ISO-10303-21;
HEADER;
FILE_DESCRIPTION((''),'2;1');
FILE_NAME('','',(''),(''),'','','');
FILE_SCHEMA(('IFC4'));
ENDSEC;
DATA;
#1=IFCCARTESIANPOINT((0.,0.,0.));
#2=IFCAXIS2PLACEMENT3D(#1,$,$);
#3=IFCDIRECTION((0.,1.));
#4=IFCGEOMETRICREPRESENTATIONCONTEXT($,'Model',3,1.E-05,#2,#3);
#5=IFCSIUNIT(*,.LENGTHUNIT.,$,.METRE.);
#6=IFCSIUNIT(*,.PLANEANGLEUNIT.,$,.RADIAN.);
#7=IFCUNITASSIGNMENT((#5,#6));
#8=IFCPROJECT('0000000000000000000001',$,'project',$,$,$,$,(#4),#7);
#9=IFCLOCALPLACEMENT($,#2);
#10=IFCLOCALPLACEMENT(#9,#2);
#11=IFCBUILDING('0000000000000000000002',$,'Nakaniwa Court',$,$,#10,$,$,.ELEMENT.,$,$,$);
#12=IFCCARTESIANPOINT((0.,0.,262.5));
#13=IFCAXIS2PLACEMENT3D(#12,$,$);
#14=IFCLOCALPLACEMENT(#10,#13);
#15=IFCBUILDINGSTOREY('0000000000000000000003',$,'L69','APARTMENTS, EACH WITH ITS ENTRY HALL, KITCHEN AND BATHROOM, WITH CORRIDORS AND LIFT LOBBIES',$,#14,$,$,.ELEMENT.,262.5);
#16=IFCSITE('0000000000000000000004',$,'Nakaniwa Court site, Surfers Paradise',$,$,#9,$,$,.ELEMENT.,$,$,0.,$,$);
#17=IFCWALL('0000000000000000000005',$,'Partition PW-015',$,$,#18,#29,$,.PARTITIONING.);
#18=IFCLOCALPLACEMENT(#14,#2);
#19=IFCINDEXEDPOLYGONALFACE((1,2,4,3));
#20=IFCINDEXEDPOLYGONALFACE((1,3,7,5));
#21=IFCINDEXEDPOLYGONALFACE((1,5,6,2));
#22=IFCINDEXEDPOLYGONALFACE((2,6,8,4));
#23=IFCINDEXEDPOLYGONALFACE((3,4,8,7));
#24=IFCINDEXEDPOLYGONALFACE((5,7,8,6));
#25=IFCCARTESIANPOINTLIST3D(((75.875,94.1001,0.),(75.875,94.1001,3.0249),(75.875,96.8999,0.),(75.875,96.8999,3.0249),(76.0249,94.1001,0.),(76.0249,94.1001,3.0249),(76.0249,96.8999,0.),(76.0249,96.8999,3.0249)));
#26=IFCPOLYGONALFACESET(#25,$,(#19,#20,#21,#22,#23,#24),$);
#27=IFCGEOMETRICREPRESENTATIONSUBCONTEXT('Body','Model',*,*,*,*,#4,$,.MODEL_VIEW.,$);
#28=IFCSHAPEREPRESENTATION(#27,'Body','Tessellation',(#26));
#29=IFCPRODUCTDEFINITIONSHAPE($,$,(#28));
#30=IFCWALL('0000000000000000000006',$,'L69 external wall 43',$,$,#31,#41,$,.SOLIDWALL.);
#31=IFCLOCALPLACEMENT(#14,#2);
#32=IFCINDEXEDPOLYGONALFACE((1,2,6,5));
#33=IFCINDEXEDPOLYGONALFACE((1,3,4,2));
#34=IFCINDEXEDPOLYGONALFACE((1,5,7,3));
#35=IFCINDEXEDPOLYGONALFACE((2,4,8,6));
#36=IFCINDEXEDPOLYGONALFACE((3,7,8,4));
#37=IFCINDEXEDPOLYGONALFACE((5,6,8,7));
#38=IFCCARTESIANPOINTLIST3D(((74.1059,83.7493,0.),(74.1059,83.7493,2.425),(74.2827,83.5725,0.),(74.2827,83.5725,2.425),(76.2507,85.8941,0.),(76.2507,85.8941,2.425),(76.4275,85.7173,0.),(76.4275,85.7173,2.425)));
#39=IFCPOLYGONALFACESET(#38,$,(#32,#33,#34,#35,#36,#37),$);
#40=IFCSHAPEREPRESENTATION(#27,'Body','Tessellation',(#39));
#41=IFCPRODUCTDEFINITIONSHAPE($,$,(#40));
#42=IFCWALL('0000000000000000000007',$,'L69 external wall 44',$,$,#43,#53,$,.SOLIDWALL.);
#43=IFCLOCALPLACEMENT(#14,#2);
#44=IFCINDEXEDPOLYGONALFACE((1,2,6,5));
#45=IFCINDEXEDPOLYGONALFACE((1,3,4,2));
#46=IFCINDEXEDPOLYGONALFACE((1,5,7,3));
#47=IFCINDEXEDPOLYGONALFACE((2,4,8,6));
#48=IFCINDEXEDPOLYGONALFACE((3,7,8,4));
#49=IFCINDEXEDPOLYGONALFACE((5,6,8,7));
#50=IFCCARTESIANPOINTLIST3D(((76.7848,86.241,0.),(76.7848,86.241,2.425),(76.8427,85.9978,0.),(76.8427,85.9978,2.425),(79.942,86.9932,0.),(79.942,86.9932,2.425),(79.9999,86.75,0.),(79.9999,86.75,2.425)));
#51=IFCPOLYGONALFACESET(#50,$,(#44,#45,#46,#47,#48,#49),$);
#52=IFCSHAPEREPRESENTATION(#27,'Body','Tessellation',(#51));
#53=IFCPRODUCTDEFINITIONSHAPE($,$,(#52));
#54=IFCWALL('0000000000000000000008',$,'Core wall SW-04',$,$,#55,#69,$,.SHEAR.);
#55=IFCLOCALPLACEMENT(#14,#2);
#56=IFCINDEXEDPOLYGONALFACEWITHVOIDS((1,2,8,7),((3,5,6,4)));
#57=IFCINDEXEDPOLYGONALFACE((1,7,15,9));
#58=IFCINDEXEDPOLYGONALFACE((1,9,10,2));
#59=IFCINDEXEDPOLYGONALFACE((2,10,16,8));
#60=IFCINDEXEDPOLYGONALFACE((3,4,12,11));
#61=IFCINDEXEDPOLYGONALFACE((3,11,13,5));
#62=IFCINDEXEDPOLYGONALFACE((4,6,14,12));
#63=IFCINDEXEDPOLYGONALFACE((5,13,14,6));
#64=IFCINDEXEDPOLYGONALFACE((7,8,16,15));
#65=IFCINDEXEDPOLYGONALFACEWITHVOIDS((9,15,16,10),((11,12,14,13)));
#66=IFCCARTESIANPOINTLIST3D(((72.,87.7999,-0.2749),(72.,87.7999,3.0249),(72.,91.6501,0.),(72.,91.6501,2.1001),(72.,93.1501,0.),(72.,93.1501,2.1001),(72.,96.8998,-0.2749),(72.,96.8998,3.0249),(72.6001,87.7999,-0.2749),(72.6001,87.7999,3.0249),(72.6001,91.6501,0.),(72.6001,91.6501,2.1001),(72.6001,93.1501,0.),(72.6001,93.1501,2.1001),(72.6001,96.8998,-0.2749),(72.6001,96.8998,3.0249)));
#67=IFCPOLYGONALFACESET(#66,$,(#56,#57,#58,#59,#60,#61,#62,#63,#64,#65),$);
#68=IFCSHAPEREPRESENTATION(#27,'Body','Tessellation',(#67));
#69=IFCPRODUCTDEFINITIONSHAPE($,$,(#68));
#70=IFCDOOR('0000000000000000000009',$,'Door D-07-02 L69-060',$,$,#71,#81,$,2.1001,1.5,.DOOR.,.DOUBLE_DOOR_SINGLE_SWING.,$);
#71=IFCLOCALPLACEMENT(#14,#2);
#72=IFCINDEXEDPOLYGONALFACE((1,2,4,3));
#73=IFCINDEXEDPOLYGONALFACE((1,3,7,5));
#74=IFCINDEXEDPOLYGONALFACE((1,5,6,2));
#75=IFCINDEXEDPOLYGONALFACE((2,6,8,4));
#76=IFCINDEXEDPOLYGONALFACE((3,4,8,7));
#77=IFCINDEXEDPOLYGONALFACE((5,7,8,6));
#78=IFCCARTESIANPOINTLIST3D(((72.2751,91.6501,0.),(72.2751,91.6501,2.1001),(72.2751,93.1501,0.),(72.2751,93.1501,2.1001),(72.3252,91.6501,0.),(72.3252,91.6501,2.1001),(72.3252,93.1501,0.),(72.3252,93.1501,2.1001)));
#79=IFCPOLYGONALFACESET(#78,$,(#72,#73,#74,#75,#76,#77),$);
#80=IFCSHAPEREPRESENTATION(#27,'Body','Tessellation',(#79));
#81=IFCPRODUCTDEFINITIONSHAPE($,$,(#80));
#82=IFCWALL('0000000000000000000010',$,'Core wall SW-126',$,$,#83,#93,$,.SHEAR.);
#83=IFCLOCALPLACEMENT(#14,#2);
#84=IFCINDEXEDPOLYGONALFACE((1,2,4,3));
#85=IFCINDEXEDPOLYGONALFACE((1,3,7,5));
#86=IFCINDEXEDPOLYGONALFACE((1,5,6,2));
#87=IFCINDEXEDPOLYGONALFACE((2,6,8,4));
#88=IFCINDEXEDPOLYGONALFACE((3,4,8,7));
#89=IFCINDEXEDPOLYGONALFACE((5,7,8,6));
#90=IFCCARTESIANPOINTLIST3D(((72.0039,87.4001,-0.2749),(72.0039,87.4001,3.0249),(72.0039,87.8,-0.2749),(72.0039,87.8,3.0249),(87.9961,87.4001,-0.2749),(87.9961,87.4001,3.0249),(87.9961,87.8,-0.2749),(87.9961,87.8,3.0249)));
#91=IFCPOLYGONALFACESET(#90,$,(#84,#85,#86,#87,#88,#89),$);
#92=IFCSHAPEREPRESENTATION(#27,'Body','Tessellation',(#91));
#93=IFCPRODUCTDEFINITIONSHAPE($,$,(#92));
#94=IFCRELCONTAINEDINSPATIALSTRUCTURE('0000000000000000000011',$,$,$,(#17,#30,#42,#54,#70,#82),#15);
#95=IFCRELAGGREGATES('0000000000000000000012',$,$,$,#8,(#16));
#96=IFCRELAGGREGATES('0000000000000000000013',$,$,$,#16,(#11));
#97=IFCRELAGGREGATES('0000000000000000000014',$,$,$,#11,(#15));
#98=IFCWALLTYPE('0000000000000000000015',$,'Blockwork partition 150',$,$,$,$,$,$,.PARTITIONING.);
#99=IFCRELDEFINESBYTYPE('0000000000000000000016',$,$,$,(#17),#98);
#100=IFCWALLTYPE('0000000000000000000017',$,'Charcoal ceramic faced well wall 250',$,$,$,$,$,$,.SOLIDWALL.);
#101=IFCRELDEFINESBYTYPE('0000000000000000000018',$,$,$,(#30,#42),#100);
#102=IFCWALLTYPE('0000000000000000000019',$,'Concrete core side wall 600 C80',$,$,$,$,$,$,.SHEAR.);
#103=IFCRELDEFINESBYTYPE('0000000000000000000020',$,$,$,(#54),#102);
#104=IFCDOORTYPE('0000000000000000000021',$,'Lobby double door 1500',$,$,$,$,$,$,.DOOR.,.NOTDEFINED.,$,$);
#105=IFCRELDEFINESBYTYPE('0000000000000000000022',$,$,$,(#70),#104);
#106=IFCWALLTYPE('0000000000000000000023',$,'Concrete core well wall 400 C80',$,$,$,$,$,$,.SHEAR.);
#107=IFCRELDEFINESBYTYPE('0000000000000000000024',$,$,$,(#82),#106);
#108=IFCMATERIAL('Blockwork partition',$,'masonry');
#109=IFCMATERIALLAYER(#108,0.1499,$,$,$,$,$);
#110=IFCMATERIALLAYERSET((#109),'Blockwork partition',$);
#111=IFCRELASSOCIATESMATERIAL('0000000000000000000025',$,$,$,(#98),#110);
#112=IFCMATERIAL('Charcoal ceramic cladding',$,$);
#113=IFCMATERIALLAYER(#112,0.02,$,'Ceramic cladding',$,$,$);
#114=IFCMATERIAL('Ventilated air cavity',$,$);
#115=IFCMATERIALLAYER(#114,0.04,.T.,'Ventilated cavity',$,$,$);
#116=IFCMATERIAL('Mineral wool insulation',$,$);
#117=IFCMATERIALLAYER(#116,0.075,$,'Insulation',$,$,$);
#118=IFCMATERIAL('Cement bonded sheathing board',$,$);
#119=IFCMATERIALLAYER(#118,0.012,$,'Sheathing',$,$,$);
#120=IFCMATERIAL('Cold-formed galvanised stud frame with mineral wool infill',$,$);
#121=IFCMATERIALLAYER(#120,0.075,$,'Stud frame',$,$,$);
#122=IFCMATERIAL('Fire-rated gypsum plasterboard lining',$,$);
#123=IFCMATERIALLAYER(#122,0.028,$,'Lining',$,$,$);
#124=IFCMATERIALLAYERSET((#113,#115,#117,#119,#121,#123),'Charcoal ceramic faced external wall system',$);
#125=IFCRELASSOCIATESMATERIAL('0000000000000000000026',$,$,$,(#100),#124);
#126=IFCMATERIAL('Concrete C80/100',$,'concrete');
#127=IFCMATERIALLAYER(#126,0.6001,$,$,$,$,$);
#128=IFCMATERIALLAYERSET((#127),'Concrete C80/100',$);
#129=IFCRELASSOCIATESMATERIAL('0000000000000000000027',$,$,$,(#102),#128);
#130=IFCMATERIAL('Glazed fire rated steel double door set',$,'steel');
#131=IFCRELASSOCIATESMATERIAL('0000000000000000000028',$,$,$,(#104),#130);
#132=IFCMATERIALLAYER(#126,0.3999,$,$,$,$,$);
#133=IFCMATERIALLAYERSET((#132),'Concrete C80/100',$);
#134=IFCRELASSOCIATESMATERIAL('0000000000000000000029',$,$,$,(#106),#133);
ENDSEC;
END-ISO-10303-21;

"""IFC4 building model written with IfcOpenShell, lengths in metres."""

from ifc_helpers import new_model, si_unit, direction, frame, frame_2d, origin, place, context, subcontext, project, spatial, rectangle, extrude, material, layer, layer_set, type_object, element, fill, save


model = new_model("IFC4")

# Units and contexts
model_context = context("Model", 3, precision=1e-05, world=origin(), true_north=direction((0.0, 1.0)))
body_context = subcontext(model_context, "Body", "Model", "MODEL_VIEW")
ifc_project = project(units=[si_unit("LENGTHUNIT", "METRE"), si_unit("PLANEANGLEUNIT", "RADIAN")], contexts=[model_context])

# Site, building, storey
site_placement = place(None, origin())
site = spatial("IfcSite", under=ifc_project, at=site_placement, Name="Nakaniwa Court site, Surfers Paradise", CompositionType="ELEMENT", RefElevation=0.0)
building_placement = place(site_placement, origin())
building = spatial("IfcBuilding", under=site, at=building_placement, Name="Nakaniwa Court", CompositionType="ELEMENT")
storey_placement = place(building_placement, frame((0.0, 0.0, 262.5)))
storey = spatial("IfcBuildingStorey", under=building, at=storey_placement, Name="L69", Description="APARTMENTS, EACH WITH ITS ENTRY HALL, KITCHEN AND BATHROOM, WITH CORRIDORS AND LIFT LOBBIES", CompositionType="ELEMENT", Elevation=262.5)

# Shared definitions
ifc_material_1 = material(Name="Concrete C80/100", Category="concrete")

# Shared definitions
ifc_material_2 = material(Name="Blockwork partition", Category="masonry")
ifc_layer_1 = layer(ifc_material_2, 0.1499)
ifc_layer_set_1 = layer_set([ifc_layer_1], Name="Blockwork partition")
wall_type_1 = type_object("IfcWallType", Name="Blockwork partition 150", PredefinedType="PARTITIONING", material=ifc_layer_set_1)

# Walls
wall_1_placement = place(storey_placement, frame((75.95, 94.1001, 0.0), z_axis=(0.0, 0.0, 1.0), x_axis=(0.0, 1.0, 0.0)))
element("IfcWall", 1, at=wall_1_placement, inside=storey, type_object=wall_type_1, Name="Partition PW-015", PredefinedType="PARTITIONING", context=body_context, shape_type="SweptSolid", body=[
    extrude(rectangle(XDim=2.7998, YDim=0.1499, at=frame_2d((1.3999, 0.0))), origin(), (0.0, 0.0, 1.0), 3.0249),
])
ifc_material_3 = material(Name="Charcoal ceramic cladding")
ifc_layer_2 = layer(ifc_material_3, 0.02, Name="Ceramic cladding")
ifc_material_4 = material(Name="Ventilated air cavity")
ifc_layer_3 = layer(ifc_material_4, 0.04, ventilated=True, Name="Ventilated cavity")
ifc_material_5 = material(Name="Mineral wool insulation")
ifc_layer_4 = layer(ifc_material_5, 0.075, Name="Insulation")
ifc_material_6 = material(Name="Cement bonded sheathing board")
ifc_layer_5 = layer(ifc_material_6, 0.012, Name="Sheathing")
ifc_material_7 = material(Name="Cold-formed galvanised stud frame with mineral wool infill")
ifc_layer_6 = layer(ifc_material_7, 0.075, Name="Stud frame")
ifc_material_8 = material(Name="Fire-rated gypsum plasterboard lining")
ifc_layer_7 = layer(ifc_material_8, 0.028, Name="Lining")
ifc_layer_set_2 = layer_set([ifc_layer_2, ifc_layer_3, ifc_layer_4, ifc_layer_5, ifc_layer_6, ifc_layer_7], Name="Charcoal ceramic faced external wall system")
wall_type_2 = type_object("IfcWallType", Name="Charcoal ceramic faced well wall 250", PredefinedType="SOLIDWALL", material=ifc_layer_set_2)
wall_2_placement = place(storey_placement, frame((74.1943, 83.6609, 0.0), z_axis=(0.0, 0.0, 1.0), x_axis=(0.707107, 0.707107, 0.0)))
element("IfcWall", 2, at=wall_2_placement, inside=storey, type_object=wall_type_2, Name="L69 external wall 43", PredefinedType="SOLIDWALL", context=body_context, shape_type="SweptSolid", body=[
    extrude(rectangle(XDim=3.0332, YDim=0.25, at=frame_2d((1.5166, 0.0))), origin(), (0.0, 0.0, 1.0), 2.425),
])
wall_3_placement = place(storey_placement, frame((76.8137, 86.1194, 0.0), z_axis=(0.0, 0.0, 1.0), x_axis=(0.972773, 0.23176, 0.0)))
element("IfcWall", 3, at=wall_3_placement, inside=storey, type_object=wall_type_2, Name="L69 external wall 44", PredefinedType="SOLIDWALL", context=body_context, shape_type="SweptSolid", body=[
    extrude(rectangle(XDim=3.2456, YDim=0.25, at=frame_2d((1.6228, 0.0))), origin(), (0.0, 0.0, 1.0), 2.425),
])

# Wall, opening, door
ifc_layer_8 = layer(ifc_material_1, 0.6001)
ifc_layer_set_3 = layer_set([ifc_layer_8], Name="Concrete C80/100")
wall_type_3 = type_object("IfcWallType", Name="Concrete core side wall 600 C80", PredefinedType="SHEAR", material=ifc_layer_set_3)
wall_4_placement = place(storey_placement, frame((72.3, 87.8, -0.2749), z_axis=(0.0, 0.0, 1.0), x_axis=(0.0, 1.0, 0.0)))
wall_4 = element("IfcWall", 4, at=wall_4_placement, inside=storey, type_object=wall_type_3, Name="Core wall SW-04", PredefinedType="SHEAR", context=body_context, shape_type="SweptSolid", body=[
    extrude(rectangle(XDim=9.0999, YDim=0.6001, at=frame_2d((4.5498, 0.0))), origin(), (0.0, 0.0, 1.0), 3.2998),
])
opening_1_placement = place(wall_4_placement, frame((3.8501, 0.0, 0.2749)))
opening_1 = element("IfcOpeningElement", 5, at=opening_1_placement, cuts=wall_4, PredefinedType="OPENING", context=body_context, shape_type="SweptSolid", body=[
    extrude(rectangle(XDim=1.5, YDim=2.1001, at=frame_2d((0.75, 1.05))), frame((0.0, 0.3101, 0.0), z_axis=(0.0, -1.0, 0.0), x_axis=(1.0, 0.0, 0.0)), (0.0, 0.0, 1.0), 0.6201),
])
ifc_material_9 = material(Name="Glazed fire rated steel double door set", Category="steel")
door_type_1 = type_object("IfcDoorType", Name="Lobby double door 1500", OperationType="NOTDEFINED", PredefinedType="DOOR", material=ifc_material_9)
door_1_placement = place(opening_1_placement, origin())
door_1 = element("IfcDoor", 6, at=door_1_placement, inside=storey, type_object=door_type_1, Name="Door D-07-02 L69-060", OperationType="DOUBLE_DOOR_SINGLE_SWING", OverallHeight=2.1001, OverallWidth=1.5, PredefinedType="DOOR", context=body_context, shape_type="SweptSolid", body=[
    extrude(rectangle(XDim=1.5, YDim=2.1001, at=frame_2d((0.75, 1.05))), frame((0.0, 0.0249, 0.0), z_axis=(0.0, -1.0, 0.0), x_axis=(1.0, 0.0, 0.0)), (0.0, 0.0, 1.0), 0.05),
])
fill(opening_1, door_1)

# Wall
ifc_layer_9 = layer(ifc_material_1, 0.3999)
ifc_layer_set_4 = layer_set([ifc_layer_9], Name="Concrete C80/100")
wall_type_4 = type_object("IfcWallType", Name="Concrete core well wall 400 C80", PredefinedType="SHEAR", material=ifc_layer_set_4)
wall_5_placement = place(storey_placement, frame((72.0039, 87.6001, -0.2749), z_axis=(0.0, 0.0, 1.0), x_axis=(1.0, 0.0, 0.0)))
element("IfcWall", 7, at=wall_5_placement, inside=storey, type_object=wall_type_4, Name="Core wall SW-126", PredefinedType="SHEAR", context=body_context, shape_type="SweptSolid", body=[
    extrude(rectangle(XDim=15.9922, YDim=0.3999, at=frame_2d((7.9961, 0.0))), origin(), (0.0, 0.0, 1.0), 3.2998),
])

save(model, "model.ifc")
